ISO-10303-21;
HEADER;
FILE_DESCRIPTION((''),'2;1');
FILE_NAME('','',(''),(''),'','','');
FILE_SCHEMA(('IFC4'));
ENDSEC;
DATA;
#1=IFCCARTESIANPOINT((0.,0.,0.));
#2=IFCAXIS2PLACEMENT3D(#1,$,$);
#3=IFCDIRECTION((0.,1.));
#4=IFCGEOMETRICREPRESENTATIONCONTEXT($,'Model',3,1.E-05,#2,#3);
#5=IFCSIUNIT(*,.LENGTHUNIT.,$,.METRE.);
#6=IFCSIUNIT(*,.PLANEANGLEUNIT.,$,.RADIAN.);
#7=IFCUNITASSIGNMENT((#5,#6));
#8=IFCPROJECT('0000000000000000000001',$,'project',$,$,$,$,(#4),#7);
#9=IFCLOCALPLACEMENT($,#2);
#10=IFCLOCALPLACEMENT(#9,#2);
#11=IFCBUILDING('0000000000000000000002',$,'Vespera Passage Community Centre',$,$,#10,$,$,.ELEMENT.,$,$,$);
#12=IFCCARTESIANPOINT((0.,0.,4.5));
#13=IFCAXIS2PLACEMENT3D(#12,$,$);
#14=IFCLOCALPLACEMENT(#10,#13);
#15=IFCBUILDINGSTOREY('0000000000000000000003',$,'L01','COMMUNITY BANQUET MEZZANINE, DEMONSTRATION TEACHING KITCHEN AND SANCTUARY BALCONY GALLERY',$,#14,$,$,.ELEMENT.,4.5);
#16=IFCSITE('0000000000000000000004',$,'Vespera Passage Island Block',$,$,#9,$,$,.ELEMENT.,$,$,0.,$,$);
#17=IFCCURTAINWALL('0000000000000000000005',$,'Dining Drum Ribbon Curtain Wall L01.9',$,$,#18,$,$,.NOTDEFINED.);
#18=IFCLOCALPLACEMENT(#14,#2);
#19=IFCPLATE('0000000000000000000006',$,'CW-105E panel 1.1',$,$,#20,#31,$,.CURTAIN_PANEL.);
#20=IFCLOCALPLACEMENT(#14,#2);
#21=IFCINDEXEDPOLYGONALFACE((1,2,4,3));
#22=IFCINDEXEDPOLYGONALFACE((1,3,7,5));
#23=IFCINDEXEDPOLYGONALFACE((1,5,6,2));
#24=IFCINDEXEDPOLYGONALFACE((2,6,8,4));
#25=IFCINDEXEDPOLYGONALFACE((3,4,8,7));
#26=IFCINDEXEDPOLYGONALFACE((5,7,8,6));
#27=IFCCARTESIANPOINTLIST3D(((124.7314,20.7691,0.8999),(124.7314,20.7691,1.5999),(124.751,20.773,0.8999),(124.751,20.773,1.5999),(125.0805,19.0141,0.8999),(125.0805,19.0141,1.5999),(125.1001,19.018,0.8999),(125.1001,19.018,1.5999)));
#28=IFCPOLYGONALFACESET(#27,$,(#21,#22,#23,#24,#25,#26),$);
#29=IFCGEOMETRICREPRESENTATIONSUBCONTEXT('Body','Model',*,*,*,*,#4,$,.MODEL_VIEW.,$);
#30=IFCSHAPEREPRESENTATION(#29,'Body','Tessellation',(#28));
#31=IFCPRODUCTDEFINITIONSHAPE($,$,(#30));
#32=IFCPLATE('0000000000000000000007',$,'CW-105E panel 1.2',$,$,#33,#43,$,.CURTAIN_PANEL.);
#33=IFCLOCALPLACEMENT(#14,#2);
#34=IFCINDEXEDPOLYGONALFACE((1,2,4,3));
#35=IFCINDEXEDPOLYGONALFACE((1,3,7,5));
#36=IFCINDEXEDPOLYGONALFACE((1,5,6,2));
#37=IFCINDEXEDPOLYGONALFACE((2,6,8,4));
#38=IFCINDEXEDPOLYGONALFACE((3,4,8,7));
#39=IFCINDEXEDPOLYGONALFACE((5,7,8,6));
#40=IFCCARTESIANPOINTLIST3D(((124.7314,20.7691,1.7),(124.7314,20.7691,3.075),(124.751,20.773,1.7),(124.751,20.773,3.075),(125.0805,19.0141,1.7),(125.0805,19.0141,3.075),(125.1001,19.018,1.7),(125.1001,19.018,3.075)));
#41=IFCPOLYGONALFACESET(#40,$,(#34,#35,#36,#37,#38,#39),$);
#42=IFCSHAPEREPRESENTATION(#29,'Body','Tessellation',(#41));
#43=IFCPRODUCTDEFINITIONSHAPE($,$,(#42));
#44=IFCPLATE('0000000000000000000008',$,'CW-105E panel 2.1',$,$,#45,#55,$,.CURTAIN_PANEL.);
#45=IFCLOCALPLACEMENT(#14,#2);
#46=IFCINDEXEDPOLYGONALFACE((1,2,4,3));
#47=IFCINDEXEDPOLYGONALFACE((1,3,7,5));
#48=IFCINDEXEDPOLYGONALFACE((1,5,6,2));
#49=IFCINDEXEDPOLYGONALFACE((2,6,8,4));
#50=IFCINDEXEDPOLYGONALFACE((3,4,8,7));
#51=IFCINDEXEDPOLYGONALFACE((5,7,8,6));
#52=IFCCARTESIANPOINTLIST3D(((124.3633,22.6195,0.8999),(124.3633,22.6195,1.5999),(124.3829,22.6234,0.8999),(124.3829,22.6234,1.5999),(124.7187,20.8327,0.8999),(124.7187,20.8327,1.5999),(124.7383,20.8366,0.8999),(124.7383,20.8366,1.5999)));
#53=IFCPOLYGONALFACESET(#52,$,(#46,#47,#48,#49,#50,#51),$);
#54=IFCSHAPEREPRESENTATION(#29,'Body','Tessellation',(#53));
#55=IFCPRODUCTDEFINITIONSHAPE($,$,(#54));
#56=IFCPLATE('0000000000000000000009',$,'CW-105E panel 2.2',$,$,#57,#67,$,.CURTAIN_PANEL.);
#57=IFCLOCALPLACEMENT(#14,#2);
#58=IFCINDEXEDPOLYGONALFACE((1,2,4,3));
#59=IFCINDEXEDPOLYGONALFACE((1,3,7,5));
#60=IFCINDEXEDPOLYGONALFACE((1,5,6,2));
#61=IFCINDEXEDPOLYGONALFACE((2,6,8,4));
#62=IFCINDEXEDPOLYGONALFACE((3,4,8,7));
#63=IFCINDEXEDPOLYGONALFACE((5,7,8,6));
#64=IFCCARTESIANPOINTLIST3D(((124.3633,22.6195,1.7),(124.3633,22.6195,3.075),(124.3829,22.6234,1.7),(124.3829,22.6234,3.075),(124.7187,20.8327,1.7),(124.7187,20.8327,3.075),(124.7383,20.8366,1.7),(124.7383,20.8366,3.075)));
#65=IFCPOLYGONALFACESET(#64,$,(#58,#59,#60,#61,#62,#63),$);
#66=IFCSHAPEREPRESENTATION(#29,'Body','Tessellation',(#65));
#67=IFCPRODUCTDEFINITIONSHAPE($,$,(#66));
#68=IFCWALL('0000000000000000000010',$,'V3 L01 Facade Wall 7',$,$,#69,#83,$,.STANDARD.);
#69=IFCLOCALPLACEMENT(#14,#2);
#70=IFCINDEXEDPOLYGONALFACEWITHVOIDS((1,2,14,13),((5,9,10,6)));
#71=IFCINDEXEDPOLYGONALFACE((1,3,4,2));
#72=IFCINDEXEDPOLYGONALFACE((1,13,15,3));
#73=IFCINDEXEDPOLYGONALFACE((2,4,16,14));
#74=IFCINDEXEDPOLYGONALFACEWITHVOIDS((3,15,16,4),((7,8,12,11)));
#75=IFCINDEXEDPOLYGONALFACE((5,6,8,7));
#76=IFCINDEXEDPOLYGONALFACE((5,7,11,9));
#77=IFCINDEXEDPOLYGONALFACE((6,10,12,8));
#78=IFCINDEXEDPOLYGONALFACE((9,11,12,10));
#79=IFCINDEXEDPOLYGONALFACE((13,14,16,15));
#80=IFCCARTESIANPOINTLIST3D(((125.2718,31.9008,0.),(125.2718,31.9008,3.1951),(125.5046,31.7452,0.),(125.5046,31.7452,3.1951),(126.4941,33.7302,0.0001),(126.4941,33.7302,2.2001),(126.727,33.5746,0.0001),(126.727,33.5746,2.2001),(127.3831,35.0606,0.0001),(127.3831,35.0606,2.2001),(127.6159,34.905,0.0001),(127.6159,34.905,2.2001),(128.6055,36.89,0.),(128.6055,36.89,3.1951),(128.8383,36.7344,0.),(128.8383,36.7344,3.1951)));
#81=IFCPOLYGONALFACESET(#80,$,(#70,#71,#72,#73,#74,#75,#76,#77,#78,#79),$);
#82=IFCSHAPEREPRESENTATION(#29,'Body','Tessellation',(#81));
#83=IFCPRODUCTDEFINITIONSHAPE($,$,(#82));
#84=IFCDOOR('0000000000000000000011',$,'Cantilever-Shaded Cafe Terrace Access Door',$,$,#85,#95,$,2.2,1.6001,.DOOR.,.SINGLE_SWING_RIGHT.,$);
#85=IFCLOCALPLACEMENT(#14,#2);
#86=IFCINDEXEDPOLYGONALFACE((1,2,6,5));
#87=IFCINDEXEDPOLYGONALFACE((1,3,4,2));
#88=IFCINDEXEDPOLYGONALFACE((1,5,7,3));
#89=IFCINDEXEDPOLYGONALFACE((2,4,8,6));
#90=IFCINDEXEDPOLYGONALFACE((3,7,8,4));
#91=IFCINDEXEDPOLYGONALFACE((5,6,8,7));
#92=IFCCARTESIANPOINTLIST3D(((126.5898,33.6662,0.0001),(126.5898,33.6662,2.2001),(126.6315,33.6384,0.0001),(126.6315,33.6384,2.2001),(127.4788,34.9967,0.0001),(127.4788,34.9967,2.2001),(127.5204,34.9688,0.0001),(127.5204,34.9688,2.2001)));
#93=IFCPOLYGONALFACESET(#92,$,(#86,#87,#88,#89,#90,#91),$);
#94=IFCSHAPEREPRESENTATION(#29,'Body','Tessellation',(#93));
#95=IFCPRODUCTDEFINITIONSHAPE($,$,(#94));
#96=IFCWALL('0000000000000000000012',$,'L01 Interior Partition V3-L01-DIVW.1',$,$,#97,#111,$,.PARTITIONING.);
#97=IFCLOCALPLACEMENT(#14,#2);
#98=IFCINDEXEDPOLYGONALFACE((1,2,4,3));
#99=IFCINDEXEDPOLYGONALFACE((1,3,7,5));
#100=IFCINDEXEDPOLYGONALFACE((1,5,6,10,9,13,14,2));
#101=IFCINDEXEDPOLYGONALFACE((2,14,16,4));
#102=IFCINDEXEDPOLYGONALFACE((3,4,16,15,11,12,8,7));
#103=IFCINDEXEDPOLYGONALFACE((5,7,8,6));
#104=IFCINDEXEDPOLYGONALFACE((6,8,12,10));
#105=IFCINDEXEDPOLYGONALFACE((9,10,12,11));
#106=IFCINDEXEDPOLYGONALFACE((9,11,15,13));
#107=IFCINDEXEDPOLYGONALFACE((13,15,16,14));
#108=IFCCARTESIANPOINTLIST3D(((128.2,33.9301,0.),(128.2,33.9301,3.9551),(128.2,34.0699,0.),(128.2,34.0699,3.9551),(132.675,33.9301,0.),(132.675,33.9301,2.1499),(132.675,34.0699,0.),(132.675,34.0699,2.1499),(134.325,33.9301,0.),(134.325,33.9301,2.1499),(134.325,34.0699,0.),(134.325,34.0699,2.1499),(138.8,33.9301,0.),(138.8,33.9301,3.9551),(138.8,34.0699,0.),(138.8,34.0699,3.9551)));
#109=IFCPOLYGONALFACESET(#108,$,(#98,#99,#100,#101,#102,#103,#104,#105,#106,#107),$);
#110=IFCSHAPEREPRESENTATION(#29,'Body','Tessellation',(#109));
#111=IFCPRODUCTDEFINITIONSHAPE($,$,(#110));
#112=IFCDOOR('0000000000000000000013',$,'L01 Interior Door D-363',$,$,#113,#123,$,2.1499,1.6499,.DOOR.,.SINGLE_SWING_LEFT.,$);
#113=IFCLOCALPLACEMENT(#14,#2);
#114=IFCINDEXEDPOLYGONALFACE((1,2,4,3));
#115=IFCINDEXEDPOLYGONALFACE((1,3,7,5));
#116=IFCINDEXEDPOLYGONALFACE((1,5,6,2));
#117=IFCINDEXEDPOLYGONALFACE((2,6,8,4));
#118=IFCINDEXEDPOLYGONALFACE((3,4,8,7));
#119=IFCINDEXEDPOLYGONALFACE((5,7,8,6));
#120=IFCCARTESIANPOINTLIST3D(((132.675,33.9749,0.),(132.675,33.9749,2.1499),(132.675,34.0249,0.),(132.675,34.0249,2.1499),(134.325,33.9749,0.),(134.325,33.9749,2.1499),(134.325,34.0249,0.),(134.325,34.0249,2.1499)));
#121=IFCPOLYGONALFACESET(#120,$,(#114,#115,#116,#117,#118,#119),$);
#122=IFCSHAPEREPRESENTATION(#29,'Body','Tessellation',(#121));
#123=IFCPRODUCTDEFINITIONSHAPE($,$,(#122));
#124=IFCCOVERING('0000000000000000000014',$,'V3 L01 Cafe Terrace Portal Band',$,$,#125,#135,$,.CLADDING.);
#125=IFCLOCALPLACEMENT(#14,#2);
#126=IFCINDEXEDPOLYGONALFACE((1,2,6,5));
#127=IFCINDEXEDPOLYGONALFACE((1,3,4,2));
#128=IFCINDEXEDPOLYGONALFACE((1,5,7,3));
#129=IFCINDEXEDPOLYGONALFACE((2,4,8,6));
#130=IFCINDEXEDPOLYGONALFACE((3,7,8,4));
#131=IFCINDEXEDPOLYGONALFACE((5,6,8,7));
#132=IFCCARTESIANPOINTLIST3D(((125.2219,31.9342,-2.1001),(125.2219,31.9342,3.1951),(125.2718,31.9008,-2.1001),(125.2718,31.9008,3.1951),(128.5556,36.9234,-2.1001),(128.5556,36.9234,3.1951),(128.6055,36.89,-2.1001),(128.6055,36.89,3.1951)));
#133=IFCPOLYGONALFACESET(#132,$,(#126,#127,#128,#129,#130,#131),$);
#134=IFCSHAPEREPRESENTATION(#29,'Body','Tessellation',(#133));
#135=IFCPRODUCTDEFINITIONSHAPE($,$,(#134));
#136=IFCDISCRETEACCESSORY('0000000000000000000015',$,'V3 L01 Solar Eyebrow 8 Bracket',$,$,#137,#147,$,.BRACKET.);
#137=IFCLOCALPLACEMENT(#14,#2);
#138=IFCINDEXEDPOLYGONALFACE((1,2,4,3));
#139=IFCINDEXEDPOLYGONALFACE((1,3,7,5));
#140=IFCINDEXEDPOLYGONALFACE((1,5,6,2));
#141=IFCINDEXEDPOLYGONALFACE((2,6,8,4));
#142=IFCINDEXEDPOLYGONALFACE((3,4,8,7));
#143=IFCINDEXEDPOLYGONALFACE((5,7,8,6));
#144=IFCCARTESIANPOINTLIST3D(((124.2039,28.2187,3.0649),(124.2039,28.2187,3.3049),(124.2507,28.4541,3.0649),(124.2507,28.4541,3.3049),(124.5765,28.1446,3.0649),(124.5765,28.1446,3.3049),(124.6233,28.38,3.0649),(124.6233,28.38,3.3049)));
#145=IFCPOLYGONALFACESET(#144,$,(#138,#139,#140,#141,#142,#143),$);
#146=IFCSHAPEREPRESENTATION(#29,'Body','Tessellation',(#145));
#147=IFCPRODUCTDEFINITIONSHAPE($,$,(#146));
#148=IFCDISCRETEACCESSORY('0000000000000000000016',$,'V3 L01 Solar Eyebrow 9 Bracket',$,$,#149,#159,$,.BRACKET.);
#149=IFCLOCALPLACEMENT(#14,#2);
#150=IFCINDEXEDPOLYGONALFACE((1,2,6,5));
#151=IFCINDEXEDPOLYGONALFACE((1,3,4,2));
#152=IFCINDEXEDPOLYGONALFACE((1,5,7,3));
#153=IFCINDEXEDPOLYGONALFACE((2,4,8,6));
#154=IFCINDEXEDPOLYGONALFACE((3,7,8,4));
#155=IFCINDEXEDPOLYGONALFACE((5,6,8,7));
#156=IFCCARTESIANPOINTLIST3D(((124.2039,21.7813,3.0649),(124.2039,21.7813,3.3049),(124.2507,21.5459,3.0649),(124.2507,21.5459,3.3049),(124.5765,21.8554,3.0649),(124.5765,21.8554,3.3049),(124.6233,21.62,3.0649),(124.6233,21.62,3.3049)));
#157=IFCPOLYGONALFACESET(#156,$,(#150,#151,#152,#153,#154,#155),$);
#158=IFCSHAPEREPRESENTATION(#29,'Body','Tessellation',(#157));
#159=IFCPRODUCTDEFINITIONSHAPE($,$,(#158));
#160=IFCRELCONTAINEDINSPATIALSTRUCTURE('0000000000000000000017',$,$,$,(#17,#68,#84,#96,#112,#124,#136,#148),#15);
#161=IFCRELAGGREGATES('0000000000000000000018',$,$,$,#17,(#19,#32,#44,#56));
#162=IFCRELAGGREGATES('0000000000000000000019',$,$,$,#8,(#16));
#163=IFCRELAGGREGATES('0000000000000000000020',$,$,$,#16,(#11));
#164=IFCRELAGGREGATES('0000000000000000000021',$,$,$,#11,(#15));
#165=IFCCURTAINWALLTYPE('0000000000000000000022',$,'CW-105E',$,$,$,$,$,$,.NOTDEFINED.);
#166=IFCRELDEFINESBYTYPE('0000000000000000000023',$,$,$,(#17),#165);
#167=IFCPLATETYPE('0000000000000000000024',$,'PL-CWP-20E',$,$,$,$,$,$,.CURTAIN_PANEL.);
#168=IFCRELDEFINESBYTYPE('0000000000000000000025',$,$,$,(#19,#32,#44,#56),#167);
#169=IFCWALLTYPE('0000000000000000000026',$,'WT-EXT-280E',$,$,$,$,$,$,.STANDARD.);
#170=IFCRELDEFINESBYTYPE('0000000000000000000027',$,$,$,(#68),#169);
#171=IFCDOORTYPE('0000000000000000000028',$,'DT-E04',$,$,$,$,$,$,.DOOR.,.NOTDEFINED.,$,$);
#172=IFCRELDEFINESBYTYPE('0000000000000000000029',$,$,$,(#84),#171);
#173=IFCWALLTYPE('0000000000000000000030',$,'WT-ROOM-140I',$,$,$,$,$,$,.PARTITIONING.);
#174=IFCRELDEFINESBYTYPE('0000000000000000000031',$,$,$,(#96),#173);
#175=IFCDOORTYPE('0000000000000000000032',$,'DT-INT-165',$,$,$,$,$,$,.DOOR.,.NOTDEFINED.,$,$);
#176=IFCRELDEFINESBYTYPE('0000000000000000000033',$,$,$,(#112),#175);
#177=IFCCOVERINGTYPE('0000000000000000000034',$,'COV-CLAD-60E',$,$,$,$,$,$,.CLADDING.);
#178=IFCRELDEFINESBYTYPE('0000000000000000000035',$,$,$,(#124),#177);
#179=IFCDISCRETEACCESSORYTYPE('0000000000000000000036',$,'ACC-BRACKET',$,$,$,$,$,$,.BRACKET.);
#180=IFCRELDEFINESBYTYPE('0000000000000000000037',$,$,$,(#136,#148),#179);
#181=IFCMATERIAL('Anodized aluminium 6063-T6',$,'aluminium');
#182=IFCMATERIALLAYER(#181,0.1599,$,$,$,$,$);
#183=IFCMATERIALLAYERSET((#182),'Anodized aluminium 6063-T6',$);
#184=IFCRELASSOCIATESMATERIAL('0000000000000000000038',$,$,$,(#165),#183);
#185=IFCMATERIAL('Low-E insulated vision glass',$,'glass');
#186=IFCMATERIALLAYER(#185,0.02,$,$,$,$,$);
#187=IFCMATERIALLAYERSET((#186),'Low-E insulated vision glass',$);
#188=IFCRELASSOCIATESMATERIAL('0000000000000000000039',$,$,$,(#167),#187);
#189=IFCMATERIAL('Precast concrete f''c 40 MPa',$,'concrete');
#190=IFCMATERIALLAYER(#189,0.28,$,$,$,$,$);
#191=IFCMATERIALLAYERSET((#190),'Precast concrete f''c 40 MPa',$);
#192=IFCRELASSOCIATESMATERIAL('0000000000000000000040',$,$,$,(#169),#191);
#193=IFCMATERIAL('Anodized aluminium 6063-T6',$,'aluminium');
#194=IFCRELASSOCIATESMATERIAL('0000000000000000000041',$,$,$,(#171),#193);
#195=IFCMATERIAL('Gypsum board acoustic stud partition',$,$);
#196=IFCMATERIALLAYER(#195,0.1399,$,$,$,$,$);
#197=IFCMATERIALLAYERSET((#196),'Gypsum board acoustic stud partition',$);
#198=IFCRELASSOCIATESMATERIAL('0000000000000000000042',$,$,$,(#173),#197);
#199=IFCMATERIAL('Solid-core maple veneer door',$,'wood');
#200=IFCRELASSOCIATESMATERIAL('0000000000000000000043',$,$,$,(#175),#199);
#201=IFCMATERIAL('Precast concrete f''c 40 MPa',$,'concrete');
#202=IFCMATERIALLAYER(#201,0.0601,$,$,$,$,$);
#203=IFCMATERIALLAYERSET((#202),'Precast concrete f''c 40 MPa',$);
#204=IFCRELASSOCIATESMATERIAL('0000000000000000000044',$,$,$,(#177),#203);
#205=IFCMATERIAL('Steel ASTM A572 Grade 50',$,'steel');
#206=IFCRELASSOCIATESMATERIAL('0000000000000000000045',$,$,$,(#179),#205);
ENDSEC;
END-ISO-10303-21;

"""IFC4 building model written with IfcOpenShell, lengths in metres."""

from ifc_helpers import new_model, si_unit, direction, frame, frame_2d, origin, origin_2d, place, context, subcontext, project, spatial, rectangle, extrude, material, layer, layer_set, type_object, element, fill, aggregate, save


model = new_model("IFC4")

# Units and contexts
model_context = context("Model", 3, precision=1e-05, world=origin(), true_north=direction((0.0, 1.0)))
body_context = subcontext(model_context, "Body", "Model", "MODEL_VIEW")
ifc_project = project(units=[si_unit("LENGTHUNIT", "METRE"), si_unit("PLANEANGLEUNIT", "RADIAN")], contexts=[model_context])

# Site, building, storey
site_placement = place(None, origin())
site = spatial("IfcSite", under=ifc_project, at=site_placement, Name="Vespera Passage Island Block", CompositionType="ELEMENT", RefElevation=0.0)
building_placement = place(site_placement, origin())
building = spatial("IfcBuilding", under=site, at=building_placement, Name="Vespera Passage Community Centre", CompositionType="ELEMENT")
storey_placement = place(building_placement, frame((0.0, 0.0, 4.5)))
storey = spatial("IfcBuildingStorey", under=building, at=storey_placement, Name="L01", Description="COMMUNITY BANQUET MEZZANINE, DEMONSTRATION TEACHING KITCHEN AND SANCTUARY BALCONY GALLERY", CompositionType="ELEMENT", Elevation=4.5)

# Curtain wall
ifc_material_1 = material(Name="Anodized aluminium 6063-T6", Category="aluminium")
ifc_layer_1 = layer(ifc_material_1, 0.1599)
ifc_layer_set_1 = layer_set([ifc_layer_1], Name="Anodized aluminium 6063-T6")
curtain_wall_type = type_object("IfcCurtainWallType", Name="CW-105E", PredefinedType="NOTDEFINED", material=ifc_layer_set_1)
curtain_wall_1_placement = place(storey_placement, origin())
curtain_wall_1 = element("IfcCurtainWall", 1, at=curtain_wall_1_placement, inside=storey, type_object=curtain_wall_type, Name="Dining Drum Ribbon Curtain Wall L01.9", PredefinedType="NOTDEFINED")

# Plates
ifc_material_2 = material(Name="Low-E insulated vision glass", Category="glass")
ifc_layer_2 = layer(ifc_material_2, 0.02)
ifc_layer_set_2 = layer_set([ifc_layer_2], Name="Low-E insulated vision glass")
plate_type = type_object("IfcPlateType", Name="PL-CWP-20E", PredefinedType="CURTAIN_PANEL", material=ifc_layer_set_2)
plate_1_placement = place(storey_placement, frame((124.9158, 19.8936, 0.8999), z_axis=(0.0, 0.0, 1.0), x_axis=(-0.195097, 0.980784, 0.0)))
plate_1 = element("IfcPlate", 2, at=plate_1_placement, type_object=plate_type, Name="CW-105E panel 1.1", PredefinedType="CURTAIN_PANEL", context=body_context, shape_type="SweptSolid", body=[
    extrude(rectangle(XDim=1.7893, YDim=0.02, at=origin_2d()), origin(), (0.0, 0.0, 1.0), 0.7),
])
plate_2_placement = place(storey_placement, frame((124.9158, 19.8936, 1.7), z_axis=(0.0, 0.0, 1.0), x_axis=(-0.195097, 0.980784, 0.0)))
plate_2 = element("IfcPlate", 3, at=plate_2_placement, type_object=plate_type, Name="CW-105E panel 1.2", PredefinedType="CURTAIN_PANEL", context=body_context, shape_type="SweptSolid", body=[
    extrude(rectangle(XDim=1.7893, YDim=0.02, at=origin_2d()), origin(), (0.0, 0.0, 1.0), 1.375),
])
plate_3_placement = place(storey_placement, frame((124.5508, 21.728, 0.8999), z_axis=(0.0, 0.0, 1.0), x_axis=(-0.195097, 0.980784, 0.0)))
plate_3 = element("IfcPlate", 4, at=plate_3_placement, type_object=plate_type, Name="CW-105E panel 2.1", PredefinedType="CURTAIN_PANEL", context=body_context, shape_type="SweptSolid", body=[
    extrude(rectangle(XDim=1.8218, YDim=0.02, at=origin_2d()), origin(), (0.0, 0.0, 1.0), 0.7),
])
plate_4_placement = place(storey_placement, frame((124.5508, 21.728, 1.7), z_axis=(0.0, 0.0, 1.0), x_axis=(-0.195097, 0.980784, 0.0)))
plate_4 = element("IfcPlate", 5, at=plate_4_placement, type_object=plate_type, Name="CW-105E panel 2.2", PredefinedType="CURTAIN_PANEL", context=body_context, shape_type="SweptSolid", body=[
    extrude(rectangle(XDim=1.8218, YDim=0.02, at=origin_2d()), origin(), (0.0, 0.0, 1.0), 1.375),
])
aggregate(curtain_wall_1, [plate_1, plate_2, plate_3, plate_4])

# Walls, openings, doors
ifc_material_3 = material(Name="Precast concrete f'c 40 MPa", Category="concrete")
ifc_layer_3 = layer(ifc_material_3, 0.28)
ifc_layer_set_3 = layer_set([ifc_layer_3], Name="Precast concrete f'c 40 MPa")
wall_type_1 = type_object("IfcWallType", Name="WT-EXT-280E", PredefinedType="STANDARD", material=ifc_layer_set_3)
wall_1_placement = place(storey_placement, frame((125.3882, 31.823, 0.0), z_axis=(0.0, 0.0, 1.0), x_axis=(0.555573, 0.831468, 0.0)))
wall_1 = element("IfcWall", 6, at=wall_1_placement, inside=storey, type_object=wall_type_1, Name="V3 L01 Facade Wall 7", PredefinedType="STANDARD", context=body_context, shape_type="SweptSolid", body=[
    extrude(rectangle(XDim=6.0005, YDim=0.28, at=frame_2d((3.0002, 0.0))), origin(), (0.0, 0.0, 1.0), 3.1951),
])
opening_1_placement = place(wall_1_placement, frame((2.2002, 0.0, 0.0)))
opening_1 = element("IfcOpeningElement", 7, at=opening_1_placement, cuts=wall_1, PredefinedType="OPENING", context=body_context, shape_type="SweptSolid", body=[
    extrude(rectangle(XDim=1.6001, YDim=2.2, at=frame_2d((0.8, 1.1001))), frame((0.0, 0.1501, 0.0), z_axis=(0.0, -1.0, 0.0), x_axis=(1.0, 0.0, 0.0)), (0.0, 0.0, 1.0), 0.3),
])
ifc_material_4 = material(Name="Anodized aluminium 6063-T6", Category="aluminium")
door_type_1 = type_object("IfcDoorType", Name="DT-E04", OperationType="NOTDEFINED", PredefinedType="DOOR", material=ifc_material_4)
door_1_placement = place(opening_1_placement, origin())
door_1 = element("IfcDoor", 8, at=door_1_placement, inside=storey, type_object=door_type_1, Name="Cantilever-Shaded Cafe Terrace Access Door", OperationType="SINGLE_SWING_RIGHT", OverallHeight=2.2, OverallWidth=1.6001, PredefinedType="DOOR", context=body_context, shape_type="SweptSolid", body=[
    extrude(rectangle(XDim=1.6001, YDim=2.2, at=frame_2d((0.8, 1.1001))), frame((0.0, 0.0249, 0.0), z_axis=(0.0, -1.0, 0.0), x_axis=(1.0, 0.0, 0.0)), (0.0, 0.0, 1.0), 0.05),
])
fill(opening_1, door_1)
ifc_material_5 = material(Name="Gypsum board acoustic stud partition")
ifc_layer_4 = layer(ifc_material_5, 0.1399)
ifc_layer_set_4 = layer_set([ifc_layer_4], Name="Gypsum board acoustic stud partition")
wall_type_2 = type_object("IfcWallType", Name="WT-ROOM-140I", PredefinedType="PARTITIONING", material=ifc_layer_set_4)
wall_2_placement = place(storey_placement, frame((128.2, 34.0, 0.0), z_axis=(0.0, 0.0, 1.0), x_axis=(1.0, 0.0, 0.0)))
wall_2 = element("IfcWall", 9, at=wall_2_placement, inside=storey, type_object=wall_type_2, Name="L01 Interior Partition V3-L01-DIVW.1", PredefinedType="PARTITIONING", context=body_context, shape_type="SweptSolid", body=[
    extrude(rectangle(XDim=10.6001, YDim=0.1399, at=frame_2d((5.3, 0.0))), origin(), (0.0, 0.0, 1.0), 3.9551),
])
opening_2_placement = place(wall_2_placement, frame((4.4751, 0.0, 0.0)))
opening_2 = element("IfcOpeningElement", 10, at=opening_2_placement, cuts=wall_2, PredefinedType="OPENING", context=body_context, shape_type="SweptSolid", body=[
    extrude(rectangle(XDim=1.6499, YDim=2.1499, at=frame_2d((0.825, 1.075))), frame((0.0, 0.0798, 0.0), z_axis=(0.0, -1.0, 0.0), x_axis=(1.0, 0.0, 0.0)), (0.0, 0.0, 1.0), 0.1599),
])
ifc_material_6 = material(Name="Solid-core maple veneer door", Category="wood")
door_type_2 = type_object("IfcDoorType", Name="DT-INT-165", OperationType="NOTDEFINED", PredefinedType="DOOR", material=ifc_material_6)
door_2_placement = place(opening_2_placement, origin())
door_2 = element("IfcDoor", 11, at=door_2_placement, inside=storey, type_object=door_type_2, Name="L01 Interior Door D-363", OperationType="SINGLE_SWING_LEFT", OverallHeight=2.1499, OverallWidth=1.6499, PredefinedType="DOOR", context=body_context, shape_type="SweptSolid", body=[
    extrude(rectangle(XDim=1.6499, YDim=2.1499, at=frame_2d((0.825, 1.075))), frame((0.0, 0.0249, 0.0), z_axis=(0.0, -1.0, 0.0), x_axis=(1.0, 0.0, 0.0)), (0.0, 0.0, 1.0), 0.05),
])
fill(opening_2, door_2)

# Covering
ifc_material_7 = material(Name="Precast concrete f'c 40 MPa", Category="concrete")
ifc_layer_5 = layer(ifc_material_7, 0.0601)
ifc_layer_set_5 = layer_set([ifc_layer_5], Name="Precast concrete f'c 40 MPa")
covering_type = type_object("IfcCoveringType", Name="COV-CLAD-60E", PredefinedType="CLADDING", material=ifc_layer_set_5)
covering_placement = place(storey_placement, frame((125.2468, 31.9175, -2.1001), z_axis=(0.0, 0.0, 1.0), x_axis=(0.555573, 0.831468, 0.0)))
element("IfcCovering", 12, at=covering_placement, inside=storey, type_object=covering_type, Name="V3 L01 Cafe Terrace Portal Band", PredefinedType="CLADDING", context=body_context, shape_type="SweptSolid", body=[
    extrude(rectangle(XDim=6.0005, YDim=0.0601, at=frame_2d((3.0002, 0.0))), origin(), (0.0, 0.0, 1.0), 5.2952),
])

# Discrete accessories
ifc_material_8 = material(Name="Steel ASTM A572 Grade 50", Category="steel")
discrete_accessory_type = type_object("IfcDiscreteAccessoryType", Name="ACC-BRACKET", PredefinedType="BRACKET", material=ifc_material_8)
for number, where, z_axis, x_axis, name in (
    (13, (124.4136, 28.2993, 3.0649), (0.0, 0.0, 1.0), (0.19509, 0.980785, 0.0), "V3 L01 Solar Eyebrow 8 Bracket"),
    (14, (124.4136, 21.7007, 3.0649), (0.0, 0.0, 1.0), (-0.19509, 0.980785, 0.0), "V3 L01 Solar Eyebrow 9 Bracket"),
):
    element("IfcDiscreteAccessory", number, at=place(storey_placement, frame(where, z_axis=z_axis, x_axis=x_axis)), inside=storey, type_object=discrete_accessory_type, Name=name, PredefinedType="BRACKET", context=body_context, shape_type="SweptSolid", body=[
        extrude(rectangle(XDim=0.24, YDim=0.3799, at=origin_2d()), origin(), (0.0, 0.0, 1.0), 0.24),
    ])

save(model, "model.ifc")
